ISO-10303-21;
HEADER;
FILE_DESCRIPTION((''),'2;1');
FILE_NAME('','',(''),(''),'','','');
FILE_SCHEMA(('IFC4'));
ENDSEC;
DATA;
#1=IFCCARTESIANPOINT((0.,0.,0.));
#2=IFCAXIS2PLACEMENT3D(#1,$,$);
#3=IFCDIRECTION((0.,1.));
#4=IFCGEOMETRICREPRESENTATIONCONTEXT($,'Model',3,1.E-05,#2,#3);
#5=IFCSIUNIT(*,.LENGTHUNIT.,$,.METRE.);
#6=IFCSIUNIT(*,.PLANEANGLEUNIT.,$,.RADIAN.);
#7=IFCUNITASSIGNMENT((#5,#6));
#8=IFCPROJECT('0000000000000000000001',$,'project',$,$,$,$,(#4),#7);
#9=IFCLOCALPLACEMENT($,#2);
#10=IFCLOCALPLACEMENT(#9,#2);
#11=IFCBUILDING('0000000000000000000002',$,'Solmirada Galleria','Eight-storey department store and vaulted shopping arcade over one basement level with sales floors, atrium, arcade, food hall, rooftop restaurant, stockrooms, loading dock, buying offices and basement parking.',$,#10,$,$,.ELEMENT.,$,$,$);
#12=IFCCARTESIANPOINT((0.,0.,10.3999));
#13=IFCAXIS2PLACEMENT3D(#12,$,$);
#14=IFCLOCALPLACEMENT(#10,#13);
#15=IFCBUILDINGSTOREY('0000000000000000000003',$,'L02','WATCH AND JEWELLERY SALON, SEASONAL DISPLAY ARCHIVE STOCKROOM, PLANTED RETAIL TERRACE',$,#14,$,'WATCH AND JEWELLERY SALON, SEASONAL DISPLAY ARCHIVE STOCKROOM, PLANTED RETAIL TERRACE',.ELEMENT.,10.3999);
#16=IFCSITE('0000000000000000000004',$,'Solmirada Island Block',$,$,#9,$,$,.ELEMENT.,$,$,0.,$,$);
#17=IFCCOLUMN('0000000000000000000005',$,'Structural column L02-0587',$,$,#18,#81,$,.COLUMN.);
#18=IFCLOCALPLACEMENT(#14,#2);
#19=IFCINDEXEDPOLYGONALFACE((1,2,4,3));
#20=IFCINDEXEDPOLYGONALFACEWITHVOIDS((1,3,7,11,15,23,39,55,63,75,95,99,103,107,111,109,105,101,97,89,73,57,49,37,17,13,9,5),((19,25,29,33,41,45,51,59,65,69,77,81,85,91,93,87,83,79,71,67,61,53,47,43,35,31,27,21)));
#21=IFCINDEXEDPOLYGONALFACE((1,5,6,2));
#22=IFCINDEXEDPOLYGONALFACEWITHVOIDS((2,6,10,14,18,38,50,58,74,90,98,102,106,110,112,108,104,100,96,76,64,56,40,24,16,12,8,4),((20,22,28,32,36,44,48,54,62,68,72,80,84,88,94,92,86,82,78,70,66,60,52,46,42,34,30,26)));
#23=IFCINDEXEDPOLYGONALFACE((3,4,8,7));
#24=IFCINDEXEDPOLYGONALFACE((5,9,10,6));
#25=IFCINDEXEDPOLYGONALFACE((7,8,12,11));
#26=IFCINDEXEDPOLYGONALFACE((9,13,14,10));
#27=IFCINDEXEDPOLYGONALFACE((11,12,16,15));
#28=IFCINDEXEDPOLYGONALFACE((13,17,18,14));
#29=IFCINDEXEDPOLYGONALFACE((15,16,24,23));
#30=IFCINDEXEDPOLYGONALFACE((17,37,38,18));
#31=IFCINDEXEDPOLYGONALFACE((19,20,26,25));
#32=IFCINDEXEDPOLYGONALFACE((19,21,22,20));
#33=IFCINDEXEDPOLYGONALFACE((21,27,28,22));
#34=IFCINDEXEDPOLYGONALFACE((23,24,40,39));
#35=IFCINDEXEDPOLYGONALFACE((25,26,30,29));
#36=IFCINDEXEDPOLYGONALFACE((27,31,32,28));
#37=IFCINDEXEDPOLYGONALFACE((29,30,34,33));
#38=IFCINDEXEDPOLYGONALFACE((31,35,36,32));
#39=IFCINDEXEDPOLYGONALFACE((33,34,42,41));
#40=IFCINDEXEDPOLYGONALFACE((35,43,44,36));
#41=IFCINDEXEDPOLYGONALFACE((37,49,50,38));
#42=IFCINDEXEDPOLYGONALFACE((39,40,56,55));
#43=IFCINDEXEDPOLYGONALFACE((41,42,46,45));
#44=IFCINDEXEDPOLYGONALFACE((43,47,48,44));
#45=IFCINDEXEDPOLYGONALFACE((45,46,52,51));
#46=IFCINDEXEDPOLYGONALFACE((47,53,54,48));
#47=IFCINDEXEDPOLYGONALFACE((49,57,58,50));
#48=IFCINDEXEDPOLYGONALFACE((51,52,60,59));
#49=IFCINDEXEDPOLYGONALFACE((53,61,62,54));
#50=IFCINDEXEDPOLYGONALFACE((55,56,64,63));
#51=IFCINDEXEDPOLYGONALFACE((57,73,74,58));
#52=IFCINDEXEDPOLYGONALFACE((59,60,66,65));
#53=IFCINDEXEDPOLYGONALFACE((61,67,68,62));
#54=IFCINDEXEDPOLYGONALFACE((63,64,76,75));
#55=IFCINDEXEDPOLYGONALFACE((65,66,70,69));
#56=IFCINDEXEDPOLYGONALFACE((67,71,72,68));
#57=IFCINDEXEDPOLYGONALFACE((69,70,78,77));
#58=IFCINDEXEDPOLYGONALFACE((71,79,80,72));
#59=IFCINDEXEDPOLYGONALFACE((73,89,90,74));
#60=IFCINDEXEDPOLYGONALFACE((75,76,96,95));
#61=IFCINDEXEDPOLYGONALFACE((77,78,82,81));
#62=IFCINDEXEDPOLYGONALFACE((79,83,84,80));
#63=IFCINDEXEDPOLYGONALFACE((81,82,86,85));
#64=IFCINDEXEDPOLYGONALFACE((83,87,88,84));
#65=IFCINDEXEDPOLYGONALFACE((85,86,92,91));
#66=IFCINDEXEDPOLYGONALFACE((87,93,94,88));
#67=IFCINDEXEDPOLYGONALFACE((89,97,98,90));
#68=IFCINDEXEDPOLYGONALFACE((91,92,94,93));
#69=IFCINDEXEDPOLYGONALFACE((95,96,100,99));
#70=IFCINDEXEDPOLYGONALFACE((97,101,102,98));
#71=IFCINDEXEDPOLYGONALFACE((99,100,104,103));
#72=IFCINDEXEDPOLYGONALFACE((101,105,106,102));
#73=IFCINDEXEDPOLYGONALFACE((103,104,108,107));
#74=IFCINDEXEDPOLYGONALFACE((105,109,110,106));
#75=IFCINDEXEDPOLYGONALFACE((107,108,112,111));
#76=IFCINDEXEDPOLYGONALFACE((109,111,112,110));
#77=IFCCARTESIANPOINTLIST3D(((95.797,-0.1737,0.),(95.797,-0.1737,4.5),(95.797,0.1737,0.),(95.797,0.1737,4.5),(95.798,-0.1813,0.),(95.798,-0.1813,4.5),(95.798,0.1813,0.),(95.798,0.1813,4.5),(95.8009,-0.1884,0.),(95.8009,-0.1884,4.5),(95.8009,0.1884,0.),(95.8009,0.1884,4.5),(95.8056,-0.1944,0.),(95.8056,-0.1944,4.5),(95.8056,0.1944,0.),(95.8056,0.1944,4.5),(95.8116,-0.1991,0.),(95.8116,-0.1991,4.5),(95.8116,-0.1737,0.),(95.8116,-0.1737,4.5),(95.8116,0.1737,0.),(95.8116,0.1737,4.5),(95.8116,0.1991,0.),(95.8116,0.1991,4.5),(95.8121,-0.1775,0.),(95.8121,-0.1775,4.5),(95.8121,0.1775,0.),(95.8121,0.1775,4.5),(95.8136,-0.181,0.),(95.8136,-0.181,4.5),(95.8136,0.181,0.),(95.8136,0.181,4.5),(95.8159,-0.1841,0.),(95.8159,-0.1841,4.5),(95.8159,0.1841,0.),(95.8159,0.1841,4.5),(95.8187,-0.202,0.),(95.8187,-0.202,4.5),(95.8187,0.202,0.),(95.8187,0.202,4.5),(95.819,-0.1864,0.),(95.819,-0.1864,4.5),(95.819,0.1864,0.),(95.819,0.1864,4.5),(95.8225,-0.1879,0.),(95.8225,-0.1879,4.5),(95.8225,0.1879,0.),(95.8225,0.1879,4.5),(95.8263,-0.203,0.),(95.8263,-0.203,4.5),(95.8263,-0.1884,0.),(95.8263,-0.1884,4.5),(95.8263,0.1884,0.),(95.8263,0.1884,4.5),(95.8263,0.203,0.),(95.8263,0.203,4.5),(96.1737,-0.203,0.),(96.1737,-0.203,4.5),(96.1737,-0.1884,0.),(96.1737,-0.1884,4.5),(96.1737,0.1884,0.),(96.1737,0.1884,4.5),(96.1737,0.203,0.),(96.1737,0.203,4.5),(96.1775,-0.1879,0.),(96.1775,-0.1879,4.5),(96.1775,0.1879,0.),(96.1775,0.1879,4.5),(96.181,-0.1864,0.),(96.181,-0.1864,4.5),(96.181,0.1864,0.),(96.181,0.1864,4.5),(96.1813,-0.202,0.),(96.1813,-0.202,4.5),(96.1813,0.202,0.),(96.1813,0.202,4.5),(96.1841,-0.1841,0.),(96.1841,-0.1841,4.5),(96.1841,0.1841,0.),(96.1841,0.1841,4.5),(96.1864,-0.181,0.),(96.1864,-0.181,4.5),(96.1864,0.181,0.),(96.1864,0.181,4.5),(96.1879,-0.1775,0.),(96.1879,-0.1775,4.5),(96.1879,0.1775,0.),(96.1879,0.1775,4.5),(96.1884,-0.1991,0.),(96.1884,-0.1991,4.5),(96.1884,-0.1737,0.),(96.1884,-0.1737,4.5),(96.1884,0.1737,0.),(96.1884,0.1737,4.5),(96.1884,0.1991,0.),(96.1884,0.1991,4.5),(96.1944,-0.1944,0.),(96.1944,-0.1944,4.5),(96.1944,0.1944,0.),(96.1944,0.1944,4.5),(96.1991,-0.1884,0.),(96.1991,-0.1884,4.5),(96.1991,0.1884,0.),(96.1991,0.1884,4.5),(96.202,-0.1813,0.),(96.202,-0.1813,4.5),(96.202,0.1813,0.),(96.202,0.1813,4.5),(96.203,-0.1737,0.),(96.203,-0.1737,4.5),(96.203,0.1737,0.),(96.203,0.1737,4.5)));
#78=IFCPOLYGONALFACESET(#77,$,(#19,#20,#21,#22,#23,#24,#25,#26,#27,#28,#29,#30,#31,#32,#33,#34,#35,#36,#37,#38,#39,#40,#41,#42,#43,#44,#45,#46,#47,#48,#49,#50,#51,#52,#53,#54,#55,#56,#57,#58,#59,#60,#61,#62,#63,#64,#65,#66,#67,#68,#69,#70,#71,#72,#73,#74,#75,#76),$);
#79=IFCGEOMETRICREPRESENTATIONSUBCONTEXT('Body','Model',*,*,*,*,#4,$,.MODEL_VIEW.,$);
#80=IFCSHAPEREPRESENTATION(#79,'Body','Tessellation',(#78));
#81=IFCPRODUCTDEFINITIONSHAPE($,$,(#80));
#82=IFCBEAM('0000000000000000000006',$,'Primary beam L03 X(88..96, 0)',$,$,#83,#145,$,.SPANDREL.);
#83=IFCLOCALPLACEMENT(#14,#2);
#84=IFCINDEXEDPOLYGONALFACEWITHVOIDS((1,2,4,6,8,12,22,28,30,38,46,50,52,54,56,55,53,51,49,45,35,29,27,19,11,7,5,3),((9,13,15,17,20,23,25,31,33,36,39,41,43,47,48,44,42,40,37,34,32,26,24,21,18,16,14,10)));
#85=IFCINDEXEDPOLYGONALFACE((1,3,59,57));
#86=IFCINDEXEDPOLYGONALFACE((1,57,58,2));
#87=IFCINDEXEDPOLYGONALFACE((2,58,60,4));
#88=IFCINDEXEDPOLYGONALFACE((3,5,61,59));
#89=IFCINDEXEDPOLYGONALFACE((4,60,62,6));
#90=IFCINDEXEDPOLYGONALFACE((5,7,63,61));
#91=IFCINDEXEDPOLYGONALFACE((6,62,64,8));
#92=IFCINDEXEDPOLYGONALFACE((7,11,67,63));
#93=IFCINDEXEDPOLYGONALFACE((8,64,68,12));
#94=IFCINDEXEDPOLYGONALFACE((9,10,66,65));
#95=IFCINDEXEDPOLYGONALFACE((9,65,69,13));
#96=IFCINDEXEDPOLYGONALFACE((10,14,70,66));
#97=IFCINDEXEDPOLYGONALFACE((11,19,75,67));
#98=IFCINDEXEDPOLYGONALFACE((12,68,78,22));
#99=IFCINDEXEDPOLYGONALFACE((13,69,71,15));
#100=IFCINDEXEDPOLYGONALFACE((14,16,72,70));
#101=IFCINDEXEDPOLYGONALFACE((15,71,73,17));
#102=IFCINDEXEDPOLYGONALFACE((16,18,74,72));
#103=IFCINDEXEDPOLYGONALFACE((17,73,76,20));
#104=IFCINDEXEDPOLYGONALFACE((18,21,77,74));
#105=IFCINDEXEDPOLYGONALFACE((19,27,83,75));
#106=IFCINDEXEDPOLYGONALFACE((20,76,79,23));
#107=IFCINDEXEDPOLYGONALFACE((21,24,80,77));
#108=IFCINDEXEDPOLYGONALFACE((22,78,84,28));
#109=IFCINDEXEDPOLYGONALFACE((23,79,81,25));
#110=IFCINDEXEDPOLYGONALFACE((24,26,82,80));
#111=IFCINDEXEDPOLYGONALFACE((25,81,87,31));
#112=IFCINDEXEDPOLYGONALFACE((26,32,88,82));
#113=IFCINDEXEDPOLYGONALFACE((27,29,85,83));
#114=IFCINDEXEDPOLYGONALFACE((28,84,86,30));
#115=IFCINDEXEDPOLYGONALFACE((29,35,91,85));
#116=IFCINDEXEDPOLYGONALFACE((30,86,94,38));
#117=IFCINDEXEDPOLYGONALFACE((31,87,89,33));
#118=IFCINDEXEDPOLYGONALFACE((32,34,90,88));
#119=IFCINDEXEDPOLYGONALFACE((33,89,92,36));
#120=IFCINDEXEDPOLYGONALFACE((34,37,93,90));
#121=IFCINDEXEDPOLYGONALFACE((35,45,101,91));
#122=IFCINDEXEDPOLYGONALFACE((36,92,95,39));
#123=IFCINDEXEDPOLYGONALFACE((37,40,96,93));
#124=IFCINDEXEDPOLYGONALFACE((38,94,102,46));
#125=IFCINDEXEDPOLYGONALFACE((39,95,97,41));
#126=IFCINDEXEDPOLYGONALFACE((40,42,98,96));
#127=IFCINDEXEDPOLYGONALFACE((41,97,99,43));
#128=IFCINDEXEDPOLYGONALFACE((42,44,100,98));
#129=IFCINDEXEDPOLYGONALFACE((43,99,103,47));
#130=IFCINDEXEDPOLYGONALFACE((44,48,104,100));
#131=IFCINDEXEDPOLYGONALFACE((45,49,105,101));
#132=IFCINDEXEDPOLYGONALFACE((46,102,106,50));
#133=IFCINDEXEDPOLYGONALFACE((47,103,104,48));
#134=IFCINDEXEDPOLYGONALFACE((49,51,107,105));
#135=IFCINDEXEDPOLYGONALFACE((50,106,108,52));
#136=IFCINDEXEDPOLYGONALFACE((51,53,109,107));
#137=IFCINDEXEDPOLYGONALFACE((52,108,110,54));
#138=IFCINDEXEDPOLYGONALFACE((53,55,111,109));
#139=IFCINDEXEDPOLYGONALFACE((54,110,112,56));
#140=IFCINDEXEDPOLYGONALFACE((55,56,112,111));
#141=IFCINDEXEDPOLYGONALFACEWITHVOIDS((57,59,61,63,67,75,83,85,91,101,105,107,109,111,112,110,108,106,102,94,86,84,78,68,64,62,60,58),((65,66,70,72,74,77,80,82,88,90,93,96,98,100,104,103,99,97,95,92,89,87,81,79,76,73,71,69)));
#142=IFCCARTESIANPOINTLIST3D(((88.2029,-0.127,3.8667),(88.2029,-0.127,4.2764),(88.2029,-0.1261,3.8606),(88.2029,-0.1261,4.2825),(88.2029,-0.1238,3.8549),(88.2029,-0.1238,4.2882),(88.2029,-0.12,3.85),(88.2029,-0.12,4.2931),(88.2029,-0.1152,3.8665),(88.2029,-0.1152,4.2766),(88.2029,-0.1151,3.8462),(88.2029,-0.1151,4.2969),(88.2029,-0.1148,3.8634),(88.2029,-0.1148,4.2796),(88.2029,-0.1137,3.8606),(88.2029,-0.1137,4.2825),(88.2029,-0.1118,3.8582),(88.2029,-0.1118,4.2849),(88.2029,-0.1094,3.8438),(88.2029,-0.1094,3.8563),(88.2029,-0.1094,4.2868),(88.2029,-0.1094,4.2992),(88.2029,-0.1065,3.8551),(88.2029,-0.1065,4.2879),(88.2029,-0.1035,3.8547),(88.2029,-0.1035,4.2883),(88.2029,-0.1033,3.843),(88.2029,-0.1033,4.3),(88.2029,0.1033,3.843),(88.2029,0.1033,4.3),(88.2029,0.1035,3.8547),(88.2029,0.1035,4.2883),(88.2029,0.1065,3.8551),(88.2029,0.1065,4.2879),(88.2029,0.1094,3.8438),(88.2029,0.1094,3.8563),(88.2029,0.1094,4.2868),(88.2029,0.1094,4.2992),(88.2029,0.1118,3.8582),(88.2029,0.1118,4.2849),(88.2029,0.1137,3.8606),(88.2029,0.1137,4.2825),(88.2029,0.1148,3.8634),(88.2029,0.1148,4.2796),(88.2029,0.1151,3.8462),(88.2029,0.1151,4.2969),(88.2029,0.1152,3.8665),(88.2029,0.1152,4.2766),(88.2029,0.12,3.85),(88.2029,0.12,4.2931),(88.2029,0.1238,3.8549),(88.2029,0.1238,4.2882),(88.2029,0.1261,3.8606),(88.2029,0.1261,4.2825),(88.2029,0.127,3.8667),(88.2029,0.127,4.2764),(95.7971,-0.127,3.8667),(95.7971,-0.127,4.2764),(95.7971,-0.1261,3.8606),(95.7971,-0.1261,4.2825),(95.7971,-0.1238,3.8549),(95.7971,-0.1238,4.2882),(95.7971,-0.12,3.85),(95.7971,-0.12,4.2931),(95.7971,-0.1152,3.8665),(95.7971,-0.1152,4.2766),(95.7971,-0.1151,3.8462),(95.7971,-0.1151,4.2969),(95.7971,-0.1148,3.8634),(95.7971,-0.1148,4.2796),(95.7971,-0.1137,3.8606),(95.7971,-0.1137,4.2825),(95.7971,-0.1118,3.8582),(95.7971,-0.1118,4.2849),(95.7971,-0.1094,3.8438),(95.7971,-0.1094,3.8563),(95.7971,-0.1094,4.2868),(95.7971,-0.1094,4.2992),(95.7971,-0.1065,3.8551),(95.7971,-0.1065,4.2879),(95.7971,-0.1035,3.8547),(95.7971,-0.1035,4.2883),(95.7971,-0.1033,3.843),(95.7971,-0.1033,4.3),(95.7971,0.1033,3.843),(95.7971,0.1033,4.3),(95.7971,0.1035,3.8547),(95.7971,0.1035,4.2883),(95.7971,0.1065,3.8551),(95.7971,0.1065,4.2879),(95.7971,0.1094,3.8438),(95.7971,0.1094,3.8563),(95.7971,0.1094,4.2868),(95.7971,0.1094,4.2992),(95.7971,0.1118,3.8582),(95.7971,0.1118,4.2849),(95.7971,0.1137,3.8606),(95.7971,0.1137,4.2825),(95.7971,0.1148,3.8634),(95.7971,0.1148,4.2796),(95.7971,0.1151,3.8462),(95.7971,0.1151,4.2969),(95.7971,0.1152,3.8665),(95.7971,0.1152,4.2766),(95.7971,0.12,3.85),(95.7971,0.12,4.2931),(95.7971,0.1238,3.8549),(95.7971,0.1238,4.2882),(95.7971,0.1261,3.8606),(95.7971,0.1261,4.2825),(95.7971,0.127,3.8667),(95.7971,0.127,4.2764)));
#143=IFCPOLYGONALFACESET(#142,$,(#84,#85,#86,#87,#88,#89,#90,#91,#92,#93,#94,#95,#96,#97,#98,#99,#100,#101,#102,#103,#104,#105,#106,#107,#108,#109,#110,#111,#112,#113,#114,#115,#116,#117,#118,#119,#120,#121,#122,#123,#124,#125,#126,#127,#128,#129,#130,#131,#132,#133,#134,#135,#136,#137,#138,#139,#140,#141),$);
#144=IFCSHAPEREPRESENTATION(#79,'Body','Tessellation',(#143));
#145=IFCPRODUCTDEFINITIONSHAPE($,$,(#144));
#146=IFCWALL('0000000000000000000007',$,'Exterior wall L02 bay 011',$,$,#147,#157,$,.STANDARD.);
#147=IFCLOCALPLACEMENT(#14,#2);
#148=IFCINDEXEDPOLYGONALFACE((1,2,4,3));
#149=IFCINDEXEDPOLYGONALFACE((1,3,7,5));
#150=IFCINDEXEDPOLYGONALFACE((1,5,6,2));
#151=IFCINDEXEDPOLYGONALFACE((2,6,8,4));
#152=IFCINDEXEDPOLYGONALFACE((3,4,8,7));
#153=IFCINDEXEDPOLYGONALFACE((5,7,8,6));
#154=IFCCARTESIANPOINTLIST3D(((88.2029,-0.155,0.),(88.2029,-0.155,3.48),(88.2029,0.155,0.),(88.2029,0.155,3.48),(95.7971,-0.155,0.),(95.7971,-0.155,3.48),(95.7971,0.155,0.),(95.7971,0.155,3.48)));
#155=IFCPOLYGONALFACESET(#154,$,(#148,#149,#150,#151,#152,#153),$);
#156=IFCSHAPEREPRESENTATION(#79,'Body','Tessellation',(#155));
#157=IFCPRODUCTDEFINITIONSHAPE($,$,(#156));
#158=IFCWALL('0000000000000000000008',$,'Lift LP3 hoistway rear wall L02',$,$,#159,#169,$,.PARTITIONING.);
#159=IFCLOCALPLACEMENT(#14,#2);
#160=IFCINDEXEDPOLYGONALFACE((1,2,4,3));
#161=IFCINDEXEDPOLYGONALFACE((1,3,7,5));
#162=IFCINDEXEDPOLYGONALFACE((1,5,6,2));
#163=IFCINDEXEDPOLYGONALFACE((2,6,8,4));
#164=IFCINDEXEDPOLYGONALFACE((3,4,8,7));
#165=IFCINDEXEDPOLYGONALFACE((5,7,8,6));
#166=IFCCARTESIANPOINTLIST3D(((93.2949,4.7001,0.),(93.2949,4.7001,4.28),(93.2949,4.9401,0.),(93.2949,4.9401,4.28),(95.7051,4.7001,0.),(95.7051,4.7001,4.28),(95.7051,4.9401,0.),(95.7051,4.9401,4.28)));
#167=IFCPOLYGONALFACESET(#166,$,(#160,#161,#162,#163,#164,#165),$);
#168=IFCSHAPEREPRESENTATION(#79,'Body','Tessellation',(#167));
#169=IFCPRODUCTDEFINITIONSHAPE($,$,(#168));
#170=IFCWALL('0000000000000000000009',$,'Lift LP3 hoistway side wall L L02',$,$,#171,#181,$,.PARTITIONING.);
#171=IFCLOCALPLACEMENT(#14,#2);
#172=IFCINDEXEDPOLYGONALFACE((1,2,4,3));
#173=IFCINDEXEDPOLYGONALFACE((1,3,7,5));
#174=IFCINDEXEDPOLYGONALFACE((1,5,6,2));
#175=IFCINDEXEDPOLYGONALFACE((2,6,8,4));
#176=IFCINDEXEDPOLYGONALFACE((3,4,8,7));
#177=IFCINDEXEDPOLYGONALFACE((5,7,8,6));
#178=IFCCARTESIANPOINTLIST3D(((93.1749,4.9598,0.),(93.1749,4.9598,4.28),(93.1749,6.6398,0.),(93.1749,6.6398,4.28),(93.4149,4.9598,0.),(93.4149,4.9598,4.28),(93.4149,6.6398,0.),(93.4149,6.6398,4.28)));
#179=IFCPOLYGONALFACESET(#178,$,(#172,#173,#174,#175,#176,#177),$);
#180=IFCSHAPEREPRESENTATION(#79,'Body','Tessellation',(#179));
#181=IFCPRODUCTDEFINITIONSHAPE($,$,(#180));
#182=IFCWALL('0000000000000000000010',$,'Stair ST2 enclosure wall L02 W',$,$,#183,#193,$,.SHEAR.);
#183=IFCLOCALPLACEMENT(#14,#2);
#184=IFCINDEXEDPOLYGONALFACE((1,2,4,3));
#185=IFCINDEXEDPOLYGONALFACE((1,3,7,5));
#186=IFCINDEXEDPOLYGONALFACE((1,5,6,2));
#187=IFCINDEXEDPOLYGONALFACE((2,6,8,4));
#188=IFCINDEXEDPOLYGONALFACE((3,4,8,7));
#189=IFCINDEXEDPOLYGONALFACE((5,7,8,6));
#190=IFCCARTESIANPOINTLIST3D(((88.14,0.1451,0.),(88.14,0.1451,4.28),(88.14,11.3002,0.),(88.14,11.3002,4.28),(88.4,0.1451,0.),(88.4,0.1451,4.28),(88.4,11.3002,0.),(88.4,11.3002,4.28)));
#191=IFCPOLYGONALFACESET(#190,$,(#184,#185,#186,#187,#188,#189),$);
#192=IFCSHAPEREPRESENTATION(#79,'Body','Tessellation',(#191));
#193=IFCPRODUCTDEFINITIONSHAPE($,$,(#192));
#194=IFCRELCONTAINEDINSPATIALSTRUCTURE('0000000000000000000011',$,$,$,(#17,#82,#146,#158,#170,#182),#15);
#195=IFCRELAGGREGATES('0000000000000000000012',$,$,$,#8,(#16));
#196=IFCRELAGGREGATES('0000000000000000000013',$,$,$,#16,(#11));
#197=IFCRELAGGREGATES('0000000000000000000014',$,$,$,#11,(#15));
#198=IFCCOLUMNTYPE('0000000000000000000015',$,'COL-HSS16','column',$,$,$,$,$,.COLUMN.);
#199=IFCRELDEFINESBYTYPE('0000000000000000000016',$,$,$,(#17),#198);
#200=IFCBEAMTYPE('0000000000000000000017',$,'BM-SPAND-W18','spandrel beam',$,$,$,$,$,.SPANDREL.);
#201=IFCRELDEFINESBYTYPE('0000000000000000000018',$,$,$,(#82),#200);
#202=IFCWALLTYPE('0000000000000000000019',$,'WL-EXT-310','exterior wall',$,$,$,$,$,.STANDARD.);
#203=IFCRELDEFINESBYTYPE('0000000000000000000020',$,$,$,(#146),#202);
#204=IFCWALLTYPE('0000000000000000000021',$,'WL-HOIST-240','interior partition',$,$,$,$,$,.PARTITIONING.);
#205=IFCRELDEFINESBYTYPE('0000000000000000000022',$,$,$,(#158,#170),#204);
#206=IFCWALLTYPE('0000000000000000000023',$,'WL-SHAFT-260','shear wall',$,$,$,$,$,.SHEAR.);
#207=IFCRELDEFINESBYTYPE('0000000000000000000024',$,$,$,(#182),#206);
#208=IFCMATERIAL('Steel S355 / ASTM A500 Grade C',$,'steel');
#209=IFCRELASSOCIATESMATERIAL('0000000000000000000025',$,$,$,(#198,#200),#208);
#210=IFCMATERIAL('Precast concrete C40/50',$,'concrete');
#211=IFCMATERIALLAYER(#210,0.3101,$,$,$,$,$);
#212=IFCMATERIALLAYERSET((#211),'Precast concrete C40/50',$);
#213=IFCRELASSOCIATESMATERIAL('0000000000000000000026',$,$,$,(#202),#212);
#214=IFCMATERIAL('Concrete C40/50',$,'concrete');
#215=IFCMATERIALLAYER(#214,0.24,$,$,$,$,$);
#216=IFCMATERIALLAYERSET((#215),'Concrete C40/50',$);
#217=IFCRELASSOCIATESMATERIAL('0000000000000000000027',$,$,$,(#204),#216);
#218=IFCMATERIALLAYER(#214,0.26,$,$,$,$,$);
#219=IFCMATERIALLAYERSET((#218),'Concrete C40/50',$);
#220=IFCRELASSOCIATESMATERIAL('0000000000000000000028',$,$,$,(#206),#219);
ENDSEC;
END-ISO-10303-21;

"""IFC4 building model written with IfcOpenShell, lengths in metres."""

from ifc_helpers import new_model, si_unit, direction, frame, frame_2d, origin, origin_2d, place, context, subcontext, project, spatial, rectangle, hollow_rectangle, extrude, material, layer, layer_set, material_profile, profile_set, type_object, element, save


model = new_model("IFC4")

# Units and contexts
model_context = context("Model", 3, precision=1e-05, world=origin(), true_north=direction((0.0, 1.0)))
body_context = subcontext(model_context, "Body", "Model", "MODEL_VIEW")
ifc_project = project(units=[si_unit("LENGTHUNIT", "METRE"), si_unit("PLANEANGLEUNIT", "RADIAN")], contexts=[model_context])

# Site, building, storey
site_placement = place(None, origin())
site = spatial("IfcSite", under=ifc_project, at=site_placement, Name="Solmirada Island Block", CompositionType="ELEMENT", RefElevation=0.0)
building_placement = place(site_placement, origin())
building = spatial("IfcBuilding", under=site, at=building_placement, Name="Solmirada Galleria", Description="Eight-storey department store and vaulted shopping arcade over one basement level with sales floors, atrium, arcade, food hall, rooftop restaurant, stockrooms, loading dock, buying offices and basement parking.", CompositionType="ELEMENT")
storey_placement = place(building_placement, frame((0.0, 0.0, 10.3999)))
storey = spatial("IfcBuildingStorey", under=building, at=storey_placement, Name="L02", Description="WATCH AND JEWELLERY SALON, SEASONAL DISPLAY ARCHIVE STOCKROOM, PLANTED RETAIL TERRACE", LongName="WATCH AND JEWELLERY SALON, SEASONAL DISPLAY ARCHIVE STOCKROOM, PLANTED RETAIL TERRACE", CompositionType="ELEMENT", Elevation=10.3999)

# Column
ifc_material_1 = material(Name="Steel S355 / ASTM A500 Grade C", Category="steel")
ifc_material_profile_1 = material_profile(ifc_material_1, hollow_rectangle(XDim=0.406, YDim=0.406, WallThickness=0.0146, InnerFilletRadius=0.0146, OuterFilletRadius=0.0293, at=origin_2d()), Name="HSS16X16X5/8")
ifc_profile_set_1 = profile_set([ifc_material_profile_1], Name="Steel S355 / ASTM A500 Grade C")
column_type = type_object("IfcColumnType", Name="COL-HSS16", Description="column", PredefinedType="COLUMN", material=ifc_profile_set_1)
column_placement = place(storey_placement, frame((96.0, 0.0, 0.0), z_axis=(0.0, 0.0, 1.0), x_axis=(1.0, 0.0, 0.0)))
element("IfcColumn", 1, at=column_placement, inside=storey, type_object=column_type, Name="Structural column L02-0587", PredefinedType="COLUMN", context=body_context, shape_type="SweptSolid", body=[
    extrude(hollow_rectangle(XDim=0.406, YDim=0.406, WallThickness=0.0146, InnerFilletRadius=0.0146, OuterFilletRadius=0.0293, at=origin_2d()), origin(), (0.0, 0.0, 1.0), 4.5),
])

# Beam
ifc_material_profile_2 = material_profile(ifc_material_1, hollow_rectangle(XDim=0.2539, YDim=0.457, WallThickness=0.0117, InnerFilletRadius=0.0117, OuterFilletRadius=0.0237, at=origin_2d()), Name="HSS18X10X1/2")
ifc_profile_set_2 = profile_set([ifc_material_profile_2], Name="Steel S355 / ASTM A500 Grade C")
beam_type = type_object("IfcBeamType", Name="BM-SPAND-W18", Description="spandrel beam", PredefinedType="SPANDREL", material=ifc_profile_set_2)
beam_placement = place(storey_placement, frame((88.2029, 0.0, 4.0715), z_axis=(1.0, 0.0, 0.0), x_axis=(0.0, 1.0, 0.0)))
element("IfcBeam", 2, at=beam_placement, inside=storey, type_object=beam_type, Name="Primary beam L03 X(88..96, 0)", PredefinedType="SPANDREL", context=body_context, shape_type="SweptSolid", body=[
    extrude(hollow_rectangle(XDim=0.2539, YDim=0.457, WallThickness=0.0117, InnerFilletRadius=0.0117, OuterFilletRadius=0.0237, at=origin_2d()), origin(), (0.0, 0.0, 1.0), 7.5942),
])

# Wall
ifc_material_2 = material(Name="Precast concrete C40/50", Category="concrete")
ifc_layer_1 = layer(ifc_material_2, 0.3101)
ifc_layer_set_1 = layer_set([ifc_layer_1], Name="Precast concrete C40/50")
wall_type_1 = type_object("IfcWallType", Name="WL-EXT-310", Description="exterior wall", PredefinedType="STANDARD", material=ifc_layer_set_1)
wall_1_placement = place(storey_placement, frame((95.7971, 0.0, 0.0), z_axis=(0.0, 0.0, 1.0), x_axis=(-1.0, 0.0, 0.0)))
element("IfcWall", 3, at=wall_1_placement, inside=storey, type_object=wall_type_1, Name="Exterior wall L02 bay 011", PredefinedType="STANDARD", context=body_context, shape_type="SweptSolid", body=[
    extrude(rectangle(XDim=7.5942, YDim=0.3101, at=frame_2d((3.7971, 0.0))), origin(), (0.0, 0.0, 1.0), 3.48),
])

# Shared definitions
ifc_material_3 = material(Name="Concrete C40/50", Category="concrete")
ifc_layer_2 = layer(ifc_material_3, 0.24)
ifc_layer_set_2 = layer_set([ifc_layer_2], Name="Concrete C40/50")
wall_type_2 = type_object("IfcWallType", Name="WL-HOIST-240", Description="interior partition", PredefinedType="PARTITIONING", material=ifc_layer_set_2)

# Walls
wall_2_placement = place(storey_placement, frame((93.2949, 4.8201, 0.0), z_axis=(0.0, 0.0, 1.0), x_axis=(1.0, 0.0, 0.0)))
element("IfcWall", 4, at=wall_2_placement, inside=storey, type_object=wall_type_2, Name="Lift LP3 hoistway rear wall L02", PredefinedType="PARTITIONING", context=body_context, shape_type="SweptSolid", body=[
    extrude(rectangle(XDim=2.4102, YDim=0.24, at=frame_2d((1.2051, 0.0))), origin(), (0.0, 0.0, 1.0), 4.28),
])
wall_3_placement = place(storey_placement, frame((93.2949, 4.96, 0.0), z_axis=(0.0, 0.0, 1.0), x_axis=(0.0, 1.0, 0.0)))
element("IfcWall", 5, at=wall_3_placement, inside=storey, type_object=wall_type_2, Name="Lift LP3 hoistway side wall L L02", PredefinedType="PARTITIONING", context=body_context, shape_type="SweptSolid", body=[
    extrude(rectangle(XDim=1.6799, YDim=0.24, at=frame_2d((0.8398, 0.0))), origin(), (0.0, 0.0, 1.0), 4.28),
])
ifc_layer_3 = layer(ifc_material_3, 0.26)
ifc_layer_set_3 = layer_set([ifc_layer_3], Name="Concrete C40/50")
wall_type_3 = type_object("IfcWallType", Name="WL-SHAFT-260", Description="shear wall", PredefinedType="SHEAR", material=ifc_layer_set_3)
wall_4_placement = place(storey_placement, frame((88.27, 0.145, 0.0), z_axis=(0.0, 0.0, 1.0), x_axis=(0.0, 1.0, 0.0)))
element("IfcWall", 6, at=wall_4_placement, inside=storey, type_object=wall_type_3, Name="Stair ST2 enclosure wall L02 W", PredefinedType="SHEAR", context=body_context, shape_type="SweptSolid", body=[
    extrude(rectangle(XDim=11.155, YDim=0.26, at=frame_2d((5.5776, 0.0))), origin(), (0.0, 0.0, 1.0), 4.28),
])

save(model, "model.ifc")
